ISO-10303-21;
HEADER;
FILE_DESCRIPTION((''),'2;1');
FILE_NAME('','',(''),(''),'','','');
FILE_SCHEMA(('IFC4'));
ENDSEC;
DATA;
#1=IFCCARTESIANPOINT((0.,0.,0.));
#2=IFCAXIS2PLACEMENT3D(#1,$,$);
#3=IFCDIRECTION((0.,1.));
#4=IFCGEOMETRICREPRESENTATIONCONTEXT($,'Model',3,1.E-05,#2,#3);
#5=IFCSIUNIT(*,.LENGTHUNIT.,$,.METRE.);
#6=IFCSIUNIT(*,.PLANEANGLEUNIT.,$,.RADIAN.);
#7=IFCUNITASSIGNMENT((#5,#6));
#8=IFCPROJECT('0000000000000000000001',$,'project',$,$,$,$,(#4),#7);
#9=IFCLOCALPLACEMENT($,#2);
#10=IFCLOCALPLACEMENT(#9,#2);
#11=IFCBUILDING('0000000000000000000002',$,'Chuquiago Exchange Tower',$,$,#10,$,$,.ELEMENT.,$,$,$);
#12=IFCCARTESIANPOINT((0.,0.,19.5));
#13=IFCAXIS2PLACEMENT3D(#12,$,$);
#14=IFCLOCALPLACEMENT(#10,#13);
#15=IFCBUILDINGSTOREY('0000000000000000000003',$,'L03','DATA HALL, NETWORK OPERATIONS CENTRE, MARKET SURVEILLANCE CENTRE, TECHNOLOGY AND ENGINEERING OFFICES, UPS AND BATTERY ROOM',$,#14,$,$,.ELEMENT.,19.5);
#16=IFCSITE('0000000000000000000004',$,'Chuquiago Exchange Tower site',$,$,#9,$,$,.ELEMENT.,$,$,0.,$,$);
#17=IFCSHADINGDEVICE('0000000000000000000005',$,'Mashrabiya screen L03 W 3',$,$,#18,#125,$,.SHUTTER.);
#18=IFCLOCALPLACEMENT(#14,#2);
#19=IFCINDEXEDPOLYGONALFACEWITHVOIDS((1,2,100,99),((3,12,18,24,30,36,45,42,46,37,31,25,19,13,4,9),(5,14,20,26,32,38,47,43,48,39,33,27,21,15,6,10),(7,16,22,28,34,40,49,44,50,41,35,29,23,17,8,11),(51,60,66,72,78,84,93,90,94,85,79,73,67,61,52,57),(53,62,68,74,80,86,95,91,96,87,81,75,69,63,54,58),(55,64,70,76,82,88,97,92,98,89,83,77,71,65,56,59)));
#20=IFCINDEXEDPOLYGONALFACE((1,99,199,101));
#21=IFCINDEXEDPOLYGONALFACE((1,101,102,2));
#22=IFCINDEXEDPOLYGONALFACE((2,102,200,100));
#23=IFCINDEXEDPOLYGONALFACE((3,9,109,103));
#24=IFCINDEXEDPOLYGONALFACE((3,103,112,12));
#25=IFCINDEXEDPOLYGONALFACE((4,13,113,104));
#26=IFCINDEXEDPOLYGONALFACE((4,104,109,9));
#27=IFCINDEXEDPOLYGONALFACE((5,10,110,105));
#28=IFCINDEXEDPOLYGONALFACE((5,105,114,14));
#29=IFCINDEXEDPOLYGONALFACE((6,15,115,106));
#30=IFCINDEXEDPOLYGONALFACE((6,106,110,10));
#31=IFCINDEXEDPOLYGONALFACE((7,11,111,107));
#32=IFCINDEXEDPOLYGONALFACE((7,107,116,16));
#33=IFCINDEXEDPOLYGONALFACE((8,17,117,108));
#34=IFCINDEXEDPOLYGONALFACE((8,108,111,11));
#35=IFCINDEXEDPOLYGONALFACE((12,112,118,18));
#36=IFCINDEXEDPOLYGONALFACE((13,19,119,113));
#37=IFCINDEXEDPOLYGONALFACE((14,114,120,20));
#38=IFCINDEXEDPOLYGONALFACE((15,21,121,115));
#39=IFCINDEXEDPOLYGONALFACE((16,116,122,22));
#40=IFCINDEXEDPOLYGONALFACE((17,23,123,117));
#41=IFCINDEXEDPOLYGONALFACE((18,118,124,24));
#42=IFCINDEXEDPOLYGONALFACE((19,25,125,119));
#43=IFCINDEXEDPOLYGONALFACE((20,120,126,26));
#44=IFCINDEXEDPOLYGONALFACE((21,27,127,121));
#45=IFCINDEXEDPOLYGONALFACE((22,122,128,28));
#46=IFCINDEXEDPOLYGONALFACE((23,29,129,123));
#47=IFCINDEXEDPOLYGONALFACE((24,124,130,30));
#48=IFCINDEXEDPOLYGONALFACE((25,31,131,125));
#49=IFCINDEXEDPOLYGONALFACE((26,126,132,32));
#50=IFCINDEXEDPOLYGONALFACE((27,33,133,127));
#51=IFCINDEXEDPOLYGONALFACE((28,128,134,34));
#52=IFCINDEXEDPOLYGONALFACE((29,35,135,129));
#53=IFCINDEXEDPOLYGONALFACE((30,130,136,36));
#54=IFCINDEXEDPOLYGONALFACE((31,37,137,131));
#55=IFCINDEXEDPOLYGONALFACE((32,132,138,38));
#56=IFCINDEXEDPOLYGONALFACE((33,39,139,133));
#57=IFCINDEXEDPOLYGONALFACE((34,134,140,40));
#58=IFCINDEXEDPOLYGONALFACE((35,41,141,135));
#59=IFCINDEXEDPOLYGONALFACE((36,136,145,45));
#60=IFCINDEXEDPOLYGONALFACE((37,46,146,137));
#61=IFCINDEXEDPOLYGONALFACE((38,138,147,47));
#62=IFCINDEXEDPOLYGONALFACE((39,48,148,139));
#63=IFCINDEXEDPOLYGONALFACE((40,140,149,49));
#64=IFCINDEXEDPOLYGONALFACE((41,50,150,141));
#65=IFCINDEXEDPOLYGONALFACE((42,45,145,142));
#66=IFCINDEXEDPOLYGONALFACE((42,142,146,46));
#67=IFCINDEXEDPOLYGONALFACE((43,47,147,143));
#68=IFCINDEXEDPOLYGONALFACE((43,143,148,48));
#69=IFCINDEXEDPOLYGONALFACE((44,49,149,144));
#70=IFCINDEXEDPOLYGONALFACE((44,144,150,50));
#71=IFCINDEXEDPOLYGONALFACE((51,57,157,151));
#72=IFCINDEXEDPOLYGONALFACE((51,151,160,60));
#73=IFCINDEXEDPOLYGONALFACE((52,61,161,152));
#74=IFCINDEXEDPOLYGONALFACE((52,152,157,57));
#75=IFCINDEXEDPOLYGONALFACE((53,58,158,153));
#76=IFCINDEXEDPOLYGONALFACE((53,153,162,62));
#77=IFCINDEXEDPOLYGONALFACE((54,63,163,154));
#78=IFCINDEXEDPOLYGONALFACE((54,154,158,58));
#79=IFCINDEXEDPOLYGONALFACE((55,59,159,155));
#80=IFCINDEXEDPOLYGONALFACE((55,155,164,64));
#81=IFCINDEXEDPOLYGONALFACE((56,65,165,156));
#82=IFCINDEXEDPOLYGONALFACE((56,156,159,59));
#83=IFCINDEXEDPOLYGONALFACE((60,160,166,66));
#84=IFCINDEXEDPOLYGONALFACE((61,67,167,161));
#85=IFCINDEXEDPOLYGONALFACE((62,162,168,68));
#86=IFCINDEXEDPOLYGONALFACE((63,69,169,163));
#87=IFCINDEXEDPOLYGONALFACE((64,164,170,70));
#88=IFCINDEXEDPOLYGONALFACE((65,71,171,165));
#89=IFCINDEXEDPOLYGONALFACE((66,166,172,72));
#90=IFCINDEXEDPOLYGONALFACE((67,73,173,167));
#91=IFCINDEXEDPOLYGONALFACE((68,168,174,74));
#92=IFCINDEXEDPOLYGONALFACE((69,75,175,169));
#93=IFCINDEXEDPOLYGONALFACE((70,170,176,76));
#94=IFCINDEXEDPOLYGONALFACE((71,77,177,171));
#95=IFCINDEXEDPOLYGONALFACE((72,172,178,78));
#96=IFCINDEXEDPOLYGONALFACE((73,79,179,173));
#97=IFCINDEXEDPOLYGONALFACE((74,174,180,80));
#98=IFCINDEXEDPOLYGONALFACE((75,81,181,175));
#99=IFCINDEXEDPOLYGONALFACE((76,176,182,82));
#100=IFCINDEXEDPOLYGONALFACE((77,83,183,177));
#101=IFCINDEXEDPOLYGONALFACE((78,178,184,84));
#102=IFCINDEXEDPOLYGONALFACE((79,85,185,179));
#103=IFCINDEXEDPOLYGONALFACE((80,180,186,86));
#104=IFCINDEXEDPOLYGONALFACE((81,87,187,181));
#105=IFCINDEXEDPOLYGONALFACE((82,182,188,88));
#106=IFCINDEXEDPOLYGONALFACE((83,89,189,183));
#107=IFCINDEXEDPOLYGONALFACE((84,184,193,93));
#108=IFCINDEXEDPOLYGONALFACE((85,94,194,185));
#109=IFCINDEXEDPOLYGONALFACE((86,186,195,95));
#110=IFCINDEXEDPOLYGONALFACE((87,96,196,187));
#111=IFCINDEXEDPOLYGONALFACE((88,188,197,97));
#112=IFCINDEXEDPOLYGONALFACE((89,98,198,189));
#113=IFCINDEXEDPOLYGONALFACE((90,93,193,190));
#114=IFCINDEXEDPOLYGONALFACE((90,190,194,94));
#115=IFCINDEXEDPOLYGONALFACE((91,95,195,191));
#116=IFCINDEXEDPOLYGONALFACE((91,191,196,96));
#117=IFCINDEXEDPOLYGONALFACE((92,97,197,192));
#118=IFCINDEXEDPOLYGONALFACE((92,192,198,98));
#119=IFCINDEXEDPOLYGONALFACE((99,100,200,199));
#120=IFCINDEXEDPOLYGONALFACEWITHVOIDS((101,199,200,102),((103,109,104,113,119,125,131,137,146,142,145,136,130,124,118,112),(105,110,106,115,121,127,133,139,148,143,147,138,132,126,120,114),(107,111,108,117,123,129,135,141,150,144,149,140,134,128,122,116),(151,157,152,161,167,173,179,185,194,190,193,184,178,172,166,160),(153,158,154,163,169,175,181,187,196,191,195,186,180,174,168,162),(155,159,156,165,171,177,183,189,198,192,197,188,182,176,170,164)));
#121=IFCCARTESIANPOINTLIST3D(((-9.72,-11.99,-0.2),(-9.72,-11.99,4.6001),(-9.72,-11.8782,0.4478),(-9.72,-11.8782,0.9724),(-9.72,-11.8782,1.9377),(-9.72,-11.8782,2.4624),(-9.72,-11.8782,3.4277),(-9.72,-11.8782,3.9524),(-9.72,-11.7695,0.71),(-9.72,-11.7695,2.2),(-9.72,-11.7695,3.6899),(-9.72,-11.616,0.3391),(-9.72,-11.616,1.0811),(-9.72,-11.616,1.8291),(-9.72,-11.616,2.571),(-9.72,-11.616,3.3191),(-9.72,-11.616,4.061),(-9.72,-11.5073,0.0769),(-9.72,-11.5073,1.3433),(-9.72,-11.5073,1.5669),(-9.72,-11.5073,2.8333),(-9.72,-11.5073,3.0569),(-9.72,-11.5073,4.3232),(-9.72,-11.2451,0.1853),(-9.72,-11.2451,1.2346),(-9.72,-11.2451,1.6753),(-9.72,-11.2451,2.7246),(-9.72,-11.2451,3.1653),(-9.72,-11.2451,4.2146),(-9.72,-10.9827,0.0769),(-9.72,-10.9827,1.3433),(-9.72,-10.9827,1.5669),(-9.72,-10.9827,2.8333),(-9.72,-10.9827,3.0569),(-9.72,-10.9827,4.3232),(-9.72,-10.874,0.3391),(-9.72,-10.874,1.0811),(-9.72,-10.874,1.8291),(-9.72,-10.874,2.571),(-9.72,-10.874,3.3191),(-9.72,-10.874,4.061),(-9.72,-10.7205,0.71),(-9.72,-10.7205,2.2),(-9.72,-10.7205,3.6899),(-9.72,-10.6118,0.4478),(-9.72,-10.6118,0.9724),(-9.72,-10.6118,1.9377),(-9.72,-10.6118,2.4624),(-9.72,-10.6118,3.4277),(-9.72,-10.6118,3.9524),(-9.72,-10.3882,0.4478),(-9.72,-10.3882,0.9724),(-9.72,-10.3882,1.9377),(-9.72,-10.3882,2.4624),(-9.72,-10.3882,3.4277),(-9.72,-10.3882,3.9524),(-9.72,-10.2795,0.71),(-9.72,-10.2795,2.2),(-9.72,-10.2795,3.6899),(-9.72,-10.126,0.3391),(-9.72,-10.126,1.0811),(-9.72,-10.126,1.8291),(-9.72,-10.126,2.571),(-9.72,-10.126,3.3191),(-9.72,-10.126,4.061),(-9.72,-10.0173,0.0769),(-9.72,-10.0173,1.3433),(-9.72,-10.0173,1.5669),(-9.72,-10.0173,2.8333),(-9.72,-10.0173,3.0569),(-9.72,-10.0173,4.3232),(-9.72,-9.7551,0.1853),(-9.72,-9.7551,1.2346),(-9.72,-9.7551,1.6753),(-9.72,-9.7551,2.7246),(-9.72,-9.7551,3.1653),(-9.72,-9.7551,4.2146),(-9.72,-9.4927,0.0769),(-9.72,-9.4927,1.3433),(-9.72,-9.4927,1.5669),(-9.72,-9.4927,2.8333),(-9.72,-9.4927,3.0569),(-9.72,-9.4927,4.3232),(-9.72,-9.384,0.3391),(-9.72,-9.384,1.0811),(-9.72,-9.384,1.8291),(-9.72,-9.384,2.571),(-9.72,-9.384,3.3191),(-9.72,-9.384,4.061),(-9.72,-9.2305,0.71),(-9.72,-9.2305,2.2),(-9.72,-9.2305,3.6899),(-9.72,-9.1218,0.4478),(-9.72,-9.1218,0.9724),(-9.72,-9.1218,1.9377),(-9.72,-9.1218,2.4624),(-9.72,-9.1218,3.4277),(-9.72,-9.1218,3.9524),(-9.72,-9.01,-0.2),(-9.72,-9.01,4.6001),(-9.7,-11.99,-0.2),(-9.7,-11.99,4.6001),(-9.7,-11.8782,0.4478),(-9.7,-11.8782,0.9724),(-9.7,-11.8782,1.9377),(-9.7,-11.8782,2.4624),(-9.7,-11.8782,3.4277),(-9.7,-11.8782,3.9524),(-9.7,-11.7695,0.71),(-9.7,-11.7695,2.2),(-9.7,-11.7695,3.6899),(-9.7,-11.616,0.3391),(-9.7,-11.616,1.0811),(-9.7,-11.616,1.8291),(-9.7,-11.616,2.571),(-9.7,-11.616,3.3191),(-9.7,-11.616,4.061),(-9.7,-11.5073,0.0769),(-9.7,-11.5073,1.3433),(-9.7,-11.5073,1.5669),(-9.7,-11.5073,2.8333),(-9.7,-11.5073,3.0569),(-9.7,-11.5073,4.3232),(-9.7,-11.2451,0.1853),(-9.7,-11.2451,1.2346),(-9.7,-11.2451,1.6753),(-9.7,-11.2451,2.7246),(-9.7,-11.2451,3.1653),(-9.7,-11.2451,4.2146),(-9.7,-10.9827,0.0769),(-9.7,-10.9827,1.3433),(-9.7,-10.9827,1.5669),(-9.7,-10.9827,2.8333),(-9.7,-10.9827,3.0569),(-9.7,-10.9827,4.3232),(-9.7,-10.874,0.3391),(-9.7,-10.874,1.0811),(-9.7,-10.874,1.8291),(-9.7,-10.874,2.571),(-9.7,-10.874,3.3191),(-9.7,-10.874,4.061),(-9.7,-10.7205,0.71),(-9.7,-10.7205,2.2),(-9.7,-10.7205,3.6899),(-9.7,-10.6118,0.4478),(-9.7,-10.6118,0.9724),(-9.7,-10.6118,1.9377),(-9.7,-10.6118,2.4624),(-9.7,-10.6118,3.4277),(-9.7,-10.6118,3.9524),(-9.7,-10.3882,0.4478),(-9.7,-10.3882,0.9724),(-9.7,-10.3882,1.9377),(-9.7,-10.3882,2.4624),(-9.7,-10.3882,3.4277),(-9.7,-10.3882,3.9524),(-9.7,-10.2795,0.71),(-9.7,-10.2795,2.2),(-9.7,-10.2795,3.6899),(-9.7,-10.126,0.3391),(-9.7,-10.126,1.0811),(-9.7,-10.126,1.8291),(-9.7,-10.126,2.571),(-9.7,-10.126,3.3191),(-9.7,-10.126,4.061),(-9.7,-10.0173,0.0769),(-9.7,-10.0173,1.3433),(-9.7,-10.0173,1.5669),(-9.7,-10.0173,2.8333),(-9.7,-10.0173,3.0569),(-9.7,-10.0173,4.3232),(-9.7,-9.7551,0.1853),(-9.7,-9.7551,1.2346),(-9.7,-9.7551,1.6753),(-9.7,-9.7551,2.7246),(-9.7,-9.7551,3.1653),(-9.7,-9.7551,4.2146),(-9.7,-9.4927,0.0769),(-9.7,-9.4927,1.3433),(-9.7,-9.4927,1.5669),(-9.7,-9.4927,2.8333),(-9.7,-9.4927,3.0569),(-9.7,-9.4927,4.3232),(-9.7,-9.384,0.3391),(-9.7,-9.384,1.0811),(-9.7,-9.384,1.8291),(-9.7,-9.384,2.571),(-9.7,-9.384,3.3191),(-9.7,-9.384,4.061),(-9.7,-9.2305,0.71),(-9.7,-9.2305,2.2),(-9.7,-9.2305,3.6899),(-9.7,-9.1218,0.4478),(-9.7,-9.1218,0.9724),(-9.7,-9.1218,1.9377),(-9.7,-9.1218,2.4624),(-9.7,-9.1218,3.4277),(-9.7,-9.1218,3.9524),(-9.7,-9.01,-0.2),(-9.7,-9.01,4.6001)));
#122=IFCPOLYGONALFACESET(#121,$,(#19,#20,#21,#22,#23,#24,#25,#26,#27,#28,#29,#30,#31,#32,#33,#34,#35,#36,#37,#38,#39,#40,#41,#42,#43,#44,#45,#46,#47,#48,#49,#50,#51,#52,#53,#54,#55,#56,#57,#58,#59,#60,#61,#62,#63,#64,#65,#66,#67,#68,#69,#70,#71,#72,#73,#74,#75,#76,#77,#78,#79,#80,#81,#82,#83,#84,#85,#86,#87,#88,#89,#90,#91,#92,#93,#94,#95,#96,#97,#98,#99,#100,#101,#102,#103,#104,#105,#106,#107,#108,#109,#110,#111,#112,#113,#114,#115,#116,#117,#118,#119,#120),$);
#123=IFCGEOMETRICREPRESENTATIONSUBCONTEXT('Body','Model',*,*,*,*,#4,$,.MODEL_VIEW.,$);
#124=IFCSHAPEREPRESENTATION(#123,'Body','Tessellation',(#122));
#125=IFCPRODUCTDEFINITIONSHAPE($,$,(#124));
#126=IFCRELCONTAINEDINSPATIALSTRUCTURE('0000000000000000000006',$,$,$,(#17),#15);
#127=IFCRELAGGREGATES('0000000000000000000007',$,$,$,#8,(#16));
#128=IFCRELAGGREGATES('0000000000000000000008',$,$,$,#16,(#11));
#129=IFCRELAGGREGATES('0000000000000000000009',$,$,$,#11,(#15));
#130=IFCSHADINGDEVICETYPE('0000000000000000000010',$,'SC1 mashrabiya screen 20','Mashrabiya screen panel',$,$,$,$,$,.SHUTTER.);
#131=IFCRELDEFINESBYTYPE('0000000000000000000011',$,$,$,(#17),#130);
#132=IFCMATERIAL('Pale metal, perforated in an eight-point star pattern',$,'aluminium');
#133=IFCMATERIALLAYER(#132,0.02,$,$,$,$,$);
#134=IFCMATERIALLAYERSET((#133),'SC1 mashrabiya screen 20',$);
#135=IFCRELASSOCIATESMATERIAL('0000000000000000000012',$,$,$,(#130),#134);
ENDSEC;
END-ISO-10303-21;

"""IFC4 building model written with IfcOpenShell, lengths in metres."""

from ifc_helpers import new_model, si_unit, direction, frame, origin, place, context, subcontext, project, spatial, polyline, outline, extrude, material, layer, layer_set, type_object, element, save


model = new_model("IFC4")

# Units and contexts
model_context = context("Model", 3, precision=1e-05, world=origin(), true_north=direction((0.0, 1.0)))
body_context = subcontext(model_context, "Body", "Model", "MODEL_VIEW")
ifc_project = project(units=[si_unit("LENGTHUNIT", "METRE"), si_unit("PLANEANGLEUNIT", "RADIAN")], contexts=[model_context])

# Site, building, storey
site_placement = place(None, origin())
site = spatial("IfcSite", under=ifc_project, at=site_placement, Name="Chuquiago Exchange Tower site", CompositionType="ELEMENT", RefElevation=0.0)
building_placement = place(site_placement, origin())
building = spatial("IfcBuilding", under=site, at=building_placement, Name="Chuquiago Exchange Tower", CompositionType="ELEMENT")
storey_placement = place(building_placement, frame((0.0, 0.0, 19.5)))
storey = spatial("IfcBuildingStorey", under=building, at=storey_placement, Name="L03", Description="DATA HALL, NETWORK OPERATIONS CENTRE, MARKET SURVEILLANCE CENTRE, TECHNOLOGY AND ENGINEERING OFFICES, UPS AND BATTERY ROOM", CompositionType="ELEMENT", Elevation=19.5)

# Shading device
ifc_material_1 = material(Name="Pale metal, perforated in an eight-point star pattern", Category="aluminium")
ifc_layer_1 = layer(ifc_material_1, 0.02)
ifc_layer_set_1 = layer_set([ifc_layer_1], Name="SC1 mashrabiya screen 20")
shading_device_type = type_object("IfcShadingDeviceType", Name="SC1 mashrabiya screen 20", Description="Mashrabiya screen panel", PredefinedType="SHUTTER", material=ifc_layer_set_1)
shading_device_1_placement = place(storey_placement, frame((-9.7, -9.01, -0.2), z_axis=(0.0, 0.0, 1.0), x_axis=(0.0, -1.0, 0.0)))
element("IfcShadingDevice", 1, at=shading_device_1_placement, inside=storey, type_object=shading_device_type, Name="Mashrabiya screen L03 W 3", PredefinedType="SHUTTER", context=body_context, shape_type="SweptSolid", body=[
    extrude(outline(polyline([(0.0, 0.0), (2.98, 0.0), (2.98, 4.8), (0.0, 4.8), (0.0, 0.0)]), holes=[polyline([(1.2695, 0.9099), (1.3782, 1.1724), (1.116, 1.281), (1.0073, 1.5432), (0.7451, 1.4346), (0.4827, 1.5432), (0.374, 1.281), (0.1118, 1.1724), (0.2205, 0.9099), (0.1118, 0.6477), (0.374, 0.5391), (0.4827, 0.2769), (0.7451, 0.3853), (1.0073, 0.2769), (1.116, 0.5391), (1.3782, 0.6477), (1.2695, 0.9099)]), polyline([(2.7595, 0.9099), (2.8682, 1.1724), (2.606, 1.281), (2.4973, 1.5432), (2.2351, 1.4346), (1.9727, 1.5432), (1.864, 1.281), (1.6018, 1.1724), (1.7104, 0.9099), (1.6018, 0.6477), (1.864, 0.5391), (1.9727, 0.2769), (2.2351, 0.3853), (2.4973, 0.2769), (2.606, 0.5391), (2.8682, 0.6477), (2.7595, 0.9099)]), polyline([(1.2695, 2.3999), (1.3782, 2.6624), (1.116, 2.771), (1.0073, 3.0332), (0.7451, 2.9246), (0.4827, 3.0332), (0.374, 2.771), (0.1118, 2.6624), (0.2205, 2.3999), (0.1118, 2.1377), (0.374, 2.0291), (0.4827, 1.7668), (0.7451, 1.8752), (1.0073, 1.7668), (1.116, 2.0291), (1.3782, 2.1377), (1.2695, 2.3999)]), polyline([(2.7595, 2.3999), (2.8682, 2.6624), (2.606, 2.771), (2.4973, 3.0332), (2.2351, 2.9246), (1.9727, 3.0332), (1.864, 2.771), (1.6018, 2.6624), (1.7104, 2.3999), (1.6018, 2.1377), (1.864, 2.0291), (1.9727, 1.7668), (2.2351, 1.8752), (2.4973, 1.7668), (2.606, 2.0291), (2.8682, 2.1377), (2.7595, 2.3999)]), polyline([(1.2695, 3.8899), (1.3782, 4.1523), (1.116, 4.261), (1.0073, 4.5232), (0.7451, 4.4146), (0.4827, 4.5232), (0.374, 4.261), (0.1118, 4.1523), (0.2205, 3.8899), (0.1118, 3.6277), (0.374, 3.519), (0.4827, 3.2568), (0.7451, 3.3652), (1.0073, 3.2568), (1.116, 3.519), (1.3782, 3.6277), (1.2695, 3.8899)]), polyline([(2.7595, 3.8899), (2.8682, 4.1523), (2.606, 4.261), (2.4973, 4.5232), (2.2351, 4.4146), (1.9727, 4.5232), (1.864, 4.261), (1.6018, 4.1523), (1.7104, 3.8899), (1.6018, 3.6277), (1.864, 3.519), (1.9727, 3.2568), (2.2351, 3.3652), (2.4973, 3.2568), (2.606, 3.519), (2.8682, 3.6277), (2.7595, 3.8899)])]), frame((0.0, 0.0, 0.0), z_axis=(0.0, -1.0, 0.0), x_axis=(1.0, 0.0, 0.0)), (0.0, 0.0, 1.0), 0.02),
])

save(model, "model.ifc")
